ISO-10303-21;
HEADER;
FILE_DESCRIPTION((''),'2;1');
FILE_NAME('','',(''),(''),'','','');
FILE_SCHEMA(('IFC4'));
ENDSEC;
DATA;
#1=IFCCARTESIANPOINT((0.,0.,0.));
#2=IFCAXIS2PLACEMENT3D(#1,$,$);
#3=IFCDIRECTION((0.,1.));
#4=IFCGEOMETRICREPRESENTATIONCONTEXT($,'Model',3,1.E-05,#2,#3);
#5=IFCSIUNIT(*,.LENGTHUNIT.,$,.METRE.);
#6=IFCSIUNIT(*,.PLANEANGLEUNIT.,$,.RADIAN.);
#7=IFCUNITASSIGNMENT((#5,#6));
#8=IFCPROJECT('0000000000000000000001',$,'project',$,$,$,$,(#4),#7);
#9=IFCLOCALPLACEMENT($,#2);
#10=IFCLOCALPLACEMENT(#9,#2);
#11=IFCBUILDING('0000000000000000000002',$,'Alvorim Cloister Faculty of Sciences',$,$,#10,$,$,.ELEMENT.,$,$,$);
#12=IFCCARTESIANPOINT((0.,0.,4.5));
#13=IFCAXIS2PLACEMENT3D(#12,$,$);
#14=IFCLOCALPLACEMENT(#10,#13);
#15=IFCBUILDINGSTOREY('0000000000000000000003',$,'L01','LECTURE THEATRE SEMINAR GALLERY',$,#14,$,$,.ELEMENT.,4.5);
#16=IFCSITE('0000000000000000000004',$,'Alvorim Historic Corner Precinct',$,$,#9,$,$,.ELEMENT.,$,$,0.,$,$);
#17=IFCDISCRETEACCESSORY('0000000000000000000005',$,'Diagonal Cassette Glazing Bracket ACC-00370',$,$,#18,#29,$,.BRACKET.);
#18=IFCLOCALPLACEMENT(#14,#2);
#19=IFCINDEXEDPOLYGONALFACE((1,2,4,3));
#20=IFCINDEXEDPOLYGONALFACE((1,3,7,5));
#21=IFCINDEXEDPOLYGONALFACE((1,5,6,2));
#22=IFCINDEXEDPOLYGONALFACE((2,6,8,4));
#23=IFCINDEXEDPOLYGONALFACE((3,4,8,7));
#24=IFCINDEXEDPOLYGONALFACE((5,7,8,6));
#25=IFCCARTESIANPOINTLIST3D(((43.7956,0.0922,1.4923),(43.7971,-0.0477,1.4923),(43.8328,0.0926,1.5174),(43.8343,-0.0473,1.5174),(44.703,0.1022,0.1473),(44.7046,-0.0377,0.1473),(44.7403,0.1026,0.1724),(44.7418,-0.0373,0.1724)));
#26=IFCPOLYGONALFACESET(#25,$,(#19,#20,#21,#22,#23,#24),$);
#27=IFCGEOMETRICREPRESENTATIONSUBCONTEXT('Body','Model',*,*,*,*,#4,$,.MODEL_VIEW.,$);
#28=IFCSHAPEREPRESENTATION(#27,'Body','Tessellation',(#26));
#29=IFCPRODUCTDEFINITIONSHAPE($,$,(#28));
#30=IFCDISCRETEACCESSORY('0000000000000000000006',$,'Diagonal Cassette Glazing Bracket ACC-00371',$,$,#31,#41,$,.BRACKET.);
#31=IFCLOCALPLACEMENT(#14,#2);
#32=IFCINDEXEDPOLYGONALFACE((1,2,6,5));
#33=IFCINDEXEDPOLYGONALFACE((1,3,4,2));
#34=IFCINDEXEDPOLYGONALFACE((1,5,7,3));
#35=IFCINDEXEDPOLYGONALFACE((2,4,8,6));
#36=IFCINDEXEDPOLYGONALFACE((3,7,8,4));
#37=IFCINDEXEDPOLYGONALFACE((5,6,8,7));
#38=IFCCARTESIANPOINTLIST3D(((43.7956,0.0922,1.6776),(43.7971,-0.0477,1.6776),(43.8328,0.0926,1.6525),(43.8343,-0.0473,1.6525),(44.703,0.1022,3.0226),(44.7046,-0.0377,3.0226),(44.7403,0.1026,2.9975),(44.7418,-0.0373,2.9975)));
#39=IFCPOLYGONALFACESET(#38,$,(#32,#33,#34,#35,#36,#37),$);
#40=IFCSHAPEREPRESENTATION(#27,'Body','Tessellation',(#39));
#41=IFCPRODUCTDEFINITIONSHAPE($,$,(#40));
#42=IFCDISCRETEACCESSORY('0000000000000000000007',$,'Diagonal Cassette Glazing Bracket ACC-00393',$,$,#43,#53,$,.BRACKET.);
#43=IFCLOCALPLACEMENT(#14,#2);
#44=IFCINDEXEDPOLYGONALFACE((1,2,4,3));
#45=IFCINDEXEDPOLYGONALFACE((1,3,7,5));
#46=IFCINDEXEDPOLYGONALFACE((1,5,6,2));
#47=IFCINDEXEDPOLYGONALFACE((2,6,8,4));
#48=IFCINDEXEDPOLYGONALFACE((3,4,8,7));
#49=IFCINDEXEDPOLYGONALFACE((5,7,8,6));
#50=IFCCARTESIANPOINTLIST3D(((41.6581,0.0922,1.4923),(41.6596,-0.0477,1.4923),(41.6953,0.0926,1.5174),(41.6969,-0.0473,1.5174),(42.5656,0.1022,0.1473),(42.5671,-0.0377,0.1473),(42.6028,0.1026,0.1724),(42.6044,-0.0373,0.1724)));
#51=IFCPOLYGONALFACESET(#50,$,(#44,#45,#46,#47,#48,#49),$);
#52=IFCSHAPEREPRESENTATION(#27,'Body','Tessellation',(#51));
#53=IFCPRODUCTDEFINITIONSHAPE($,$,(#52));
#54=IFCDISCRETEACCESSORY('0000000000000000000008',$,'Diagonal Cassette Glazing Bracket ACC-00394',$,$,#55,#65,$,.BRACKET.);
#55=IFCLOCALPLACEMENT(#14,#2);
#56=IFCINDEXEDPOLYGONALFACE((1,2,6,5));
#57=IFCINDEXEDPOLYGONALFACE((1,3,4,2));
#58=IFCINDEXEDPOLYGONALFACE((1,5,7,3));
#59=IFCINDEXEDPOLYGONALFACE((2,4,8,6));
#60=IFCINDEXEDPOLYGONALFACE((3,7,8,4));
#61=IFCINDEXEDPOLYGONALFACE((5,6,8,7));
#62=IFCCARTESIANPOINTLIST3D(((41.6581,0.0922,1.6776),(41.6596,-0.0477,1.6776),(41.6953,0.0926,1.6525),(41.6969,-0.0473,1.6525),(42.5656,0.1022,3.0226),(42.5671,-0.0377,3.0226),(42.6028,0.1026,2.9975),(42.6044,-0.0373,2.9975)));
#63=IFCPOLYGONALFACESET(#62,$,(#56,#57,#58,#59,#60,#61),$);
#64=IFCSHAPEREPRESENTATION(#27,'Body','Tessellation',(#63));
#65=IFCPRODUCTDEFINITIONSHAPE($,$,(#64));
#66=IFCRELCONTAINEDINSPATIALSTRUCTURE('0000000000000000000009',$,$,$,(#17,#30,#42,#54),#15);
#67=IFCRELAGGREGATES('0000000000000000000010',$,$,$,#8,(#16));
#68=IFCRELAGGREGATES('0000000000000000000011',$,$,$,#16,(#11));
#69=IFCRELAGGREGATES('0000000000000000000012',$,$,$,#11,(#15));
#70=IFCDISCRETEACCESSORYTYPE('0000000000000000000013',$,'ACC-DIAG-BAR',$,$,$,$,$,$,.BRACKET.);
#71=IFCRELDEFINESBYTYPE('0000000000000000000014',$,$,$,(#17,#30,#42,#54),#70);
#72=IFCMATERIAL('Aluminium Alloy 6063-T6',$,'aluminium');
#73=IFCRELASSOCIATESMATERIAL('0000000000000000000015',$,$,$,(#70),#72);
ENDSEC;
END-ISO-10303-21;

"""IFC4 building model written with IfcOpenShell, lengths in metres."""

from ifc_helpers import new_model, si_unit, direction, frame, origin, origin_2d, place, context, subcontext, project, spatial, rectangle, extrude, material, type_object, element, save


model = new_model("IFC4")

# Units and contexts
model_context = context("Model", 3, precision=1e-05, world=origin(), true_north=direction((0.0, 1.0)))
body_context = subcontext(model_context, "Body", "Model", "MODEL_VIEW")
ifc_project = project(units=[si_unit("LENGTHUNIT", "METRE"), si_unit("PLANEANGLEUNIT", "RADIAN")], contexts=[model_context])

# Site, building, storey
site_placement = place(None, origin())
site = spatial("IfcSite", under=ifc_project, at=site_placement, Name="Alvorim Historic Corner Precinct", CompositionType="ELEMENT", RefElevation=0.0)
building_placement = place(site_placement, origin())
building = spatial("IfcBuilding", under=site, at=building_placement, Name="Alvorim Cloister Faculty of Sciences", CompositionType="ELEMENT")
storey_placement = place(building_placement, frame((0.0, 0.0, 4.5)))
storey = spatial("IfcBuildingStorey", under=building, at=storey_placement, Name="L01", Description="LECTURE THEATRE SEMINAR GALLERY", CompositionType="ELEMENT", Elevation=4.5)

# Shared definitions
ifc_material_1 = material(Name="Aluminium Alloy 6063-T6", Category="aluminium")

# Discrete accessories
discrete_accessory_type = type_object("IfcDiscreteAccessoryType", Name="ACC-DIAG-BAR", PredefinedType="BRACKET", material=ifc_material_1)
for number, where, z_axis, x_axis, name in (
    (1, (43.8149, 0.0225, 1.5049), (0.559299, 0.006169, -0.828943), (-0.01103, 0.999939, 0.0), "Diagonal Cassette Glazing Bracket ACC-00370"),
    (2, (43.8149, 0.0225, 1.665), (0.559299, 0.006169, 0.828943), (-0.01103, 0.999939, 0.0), "Diagonal Cassette Glazing Bracket ACC-00371"),
    (3, (41.6775, 0.0225, 1.5049), (0.559299, 0.006169, -0.828943), (-0.01103, 0.999939, 0.0), "Diagonal Cassette Glazing Bracket ACC-00393"),
    (4, (41.6775, 0.0225, 1.665), (0.559299, 0.006169, 0.828943), (-0.01103, 0.999939, 0.0), "Diagonal Cassette Glazing Bracket ACC-00394"),
):
    element("IfcDiscreteAccessory", number, at=place(storey_placement, frame(where, z_axis=z_axis, x_axis=x_axis)), inside=storey, type_object=discrete_accessory_type, Name=name, PredefinedType="BRACKET", context=body_context, shape_type="SweptSolid", body=[
        extrude(rectangle(XDim=0.1399, YDim=0.0449, at=origin_2d()), origin(), (0.0, 0.0, 1.0), 1.6226),
    ])

save(model, "model.ifc")
